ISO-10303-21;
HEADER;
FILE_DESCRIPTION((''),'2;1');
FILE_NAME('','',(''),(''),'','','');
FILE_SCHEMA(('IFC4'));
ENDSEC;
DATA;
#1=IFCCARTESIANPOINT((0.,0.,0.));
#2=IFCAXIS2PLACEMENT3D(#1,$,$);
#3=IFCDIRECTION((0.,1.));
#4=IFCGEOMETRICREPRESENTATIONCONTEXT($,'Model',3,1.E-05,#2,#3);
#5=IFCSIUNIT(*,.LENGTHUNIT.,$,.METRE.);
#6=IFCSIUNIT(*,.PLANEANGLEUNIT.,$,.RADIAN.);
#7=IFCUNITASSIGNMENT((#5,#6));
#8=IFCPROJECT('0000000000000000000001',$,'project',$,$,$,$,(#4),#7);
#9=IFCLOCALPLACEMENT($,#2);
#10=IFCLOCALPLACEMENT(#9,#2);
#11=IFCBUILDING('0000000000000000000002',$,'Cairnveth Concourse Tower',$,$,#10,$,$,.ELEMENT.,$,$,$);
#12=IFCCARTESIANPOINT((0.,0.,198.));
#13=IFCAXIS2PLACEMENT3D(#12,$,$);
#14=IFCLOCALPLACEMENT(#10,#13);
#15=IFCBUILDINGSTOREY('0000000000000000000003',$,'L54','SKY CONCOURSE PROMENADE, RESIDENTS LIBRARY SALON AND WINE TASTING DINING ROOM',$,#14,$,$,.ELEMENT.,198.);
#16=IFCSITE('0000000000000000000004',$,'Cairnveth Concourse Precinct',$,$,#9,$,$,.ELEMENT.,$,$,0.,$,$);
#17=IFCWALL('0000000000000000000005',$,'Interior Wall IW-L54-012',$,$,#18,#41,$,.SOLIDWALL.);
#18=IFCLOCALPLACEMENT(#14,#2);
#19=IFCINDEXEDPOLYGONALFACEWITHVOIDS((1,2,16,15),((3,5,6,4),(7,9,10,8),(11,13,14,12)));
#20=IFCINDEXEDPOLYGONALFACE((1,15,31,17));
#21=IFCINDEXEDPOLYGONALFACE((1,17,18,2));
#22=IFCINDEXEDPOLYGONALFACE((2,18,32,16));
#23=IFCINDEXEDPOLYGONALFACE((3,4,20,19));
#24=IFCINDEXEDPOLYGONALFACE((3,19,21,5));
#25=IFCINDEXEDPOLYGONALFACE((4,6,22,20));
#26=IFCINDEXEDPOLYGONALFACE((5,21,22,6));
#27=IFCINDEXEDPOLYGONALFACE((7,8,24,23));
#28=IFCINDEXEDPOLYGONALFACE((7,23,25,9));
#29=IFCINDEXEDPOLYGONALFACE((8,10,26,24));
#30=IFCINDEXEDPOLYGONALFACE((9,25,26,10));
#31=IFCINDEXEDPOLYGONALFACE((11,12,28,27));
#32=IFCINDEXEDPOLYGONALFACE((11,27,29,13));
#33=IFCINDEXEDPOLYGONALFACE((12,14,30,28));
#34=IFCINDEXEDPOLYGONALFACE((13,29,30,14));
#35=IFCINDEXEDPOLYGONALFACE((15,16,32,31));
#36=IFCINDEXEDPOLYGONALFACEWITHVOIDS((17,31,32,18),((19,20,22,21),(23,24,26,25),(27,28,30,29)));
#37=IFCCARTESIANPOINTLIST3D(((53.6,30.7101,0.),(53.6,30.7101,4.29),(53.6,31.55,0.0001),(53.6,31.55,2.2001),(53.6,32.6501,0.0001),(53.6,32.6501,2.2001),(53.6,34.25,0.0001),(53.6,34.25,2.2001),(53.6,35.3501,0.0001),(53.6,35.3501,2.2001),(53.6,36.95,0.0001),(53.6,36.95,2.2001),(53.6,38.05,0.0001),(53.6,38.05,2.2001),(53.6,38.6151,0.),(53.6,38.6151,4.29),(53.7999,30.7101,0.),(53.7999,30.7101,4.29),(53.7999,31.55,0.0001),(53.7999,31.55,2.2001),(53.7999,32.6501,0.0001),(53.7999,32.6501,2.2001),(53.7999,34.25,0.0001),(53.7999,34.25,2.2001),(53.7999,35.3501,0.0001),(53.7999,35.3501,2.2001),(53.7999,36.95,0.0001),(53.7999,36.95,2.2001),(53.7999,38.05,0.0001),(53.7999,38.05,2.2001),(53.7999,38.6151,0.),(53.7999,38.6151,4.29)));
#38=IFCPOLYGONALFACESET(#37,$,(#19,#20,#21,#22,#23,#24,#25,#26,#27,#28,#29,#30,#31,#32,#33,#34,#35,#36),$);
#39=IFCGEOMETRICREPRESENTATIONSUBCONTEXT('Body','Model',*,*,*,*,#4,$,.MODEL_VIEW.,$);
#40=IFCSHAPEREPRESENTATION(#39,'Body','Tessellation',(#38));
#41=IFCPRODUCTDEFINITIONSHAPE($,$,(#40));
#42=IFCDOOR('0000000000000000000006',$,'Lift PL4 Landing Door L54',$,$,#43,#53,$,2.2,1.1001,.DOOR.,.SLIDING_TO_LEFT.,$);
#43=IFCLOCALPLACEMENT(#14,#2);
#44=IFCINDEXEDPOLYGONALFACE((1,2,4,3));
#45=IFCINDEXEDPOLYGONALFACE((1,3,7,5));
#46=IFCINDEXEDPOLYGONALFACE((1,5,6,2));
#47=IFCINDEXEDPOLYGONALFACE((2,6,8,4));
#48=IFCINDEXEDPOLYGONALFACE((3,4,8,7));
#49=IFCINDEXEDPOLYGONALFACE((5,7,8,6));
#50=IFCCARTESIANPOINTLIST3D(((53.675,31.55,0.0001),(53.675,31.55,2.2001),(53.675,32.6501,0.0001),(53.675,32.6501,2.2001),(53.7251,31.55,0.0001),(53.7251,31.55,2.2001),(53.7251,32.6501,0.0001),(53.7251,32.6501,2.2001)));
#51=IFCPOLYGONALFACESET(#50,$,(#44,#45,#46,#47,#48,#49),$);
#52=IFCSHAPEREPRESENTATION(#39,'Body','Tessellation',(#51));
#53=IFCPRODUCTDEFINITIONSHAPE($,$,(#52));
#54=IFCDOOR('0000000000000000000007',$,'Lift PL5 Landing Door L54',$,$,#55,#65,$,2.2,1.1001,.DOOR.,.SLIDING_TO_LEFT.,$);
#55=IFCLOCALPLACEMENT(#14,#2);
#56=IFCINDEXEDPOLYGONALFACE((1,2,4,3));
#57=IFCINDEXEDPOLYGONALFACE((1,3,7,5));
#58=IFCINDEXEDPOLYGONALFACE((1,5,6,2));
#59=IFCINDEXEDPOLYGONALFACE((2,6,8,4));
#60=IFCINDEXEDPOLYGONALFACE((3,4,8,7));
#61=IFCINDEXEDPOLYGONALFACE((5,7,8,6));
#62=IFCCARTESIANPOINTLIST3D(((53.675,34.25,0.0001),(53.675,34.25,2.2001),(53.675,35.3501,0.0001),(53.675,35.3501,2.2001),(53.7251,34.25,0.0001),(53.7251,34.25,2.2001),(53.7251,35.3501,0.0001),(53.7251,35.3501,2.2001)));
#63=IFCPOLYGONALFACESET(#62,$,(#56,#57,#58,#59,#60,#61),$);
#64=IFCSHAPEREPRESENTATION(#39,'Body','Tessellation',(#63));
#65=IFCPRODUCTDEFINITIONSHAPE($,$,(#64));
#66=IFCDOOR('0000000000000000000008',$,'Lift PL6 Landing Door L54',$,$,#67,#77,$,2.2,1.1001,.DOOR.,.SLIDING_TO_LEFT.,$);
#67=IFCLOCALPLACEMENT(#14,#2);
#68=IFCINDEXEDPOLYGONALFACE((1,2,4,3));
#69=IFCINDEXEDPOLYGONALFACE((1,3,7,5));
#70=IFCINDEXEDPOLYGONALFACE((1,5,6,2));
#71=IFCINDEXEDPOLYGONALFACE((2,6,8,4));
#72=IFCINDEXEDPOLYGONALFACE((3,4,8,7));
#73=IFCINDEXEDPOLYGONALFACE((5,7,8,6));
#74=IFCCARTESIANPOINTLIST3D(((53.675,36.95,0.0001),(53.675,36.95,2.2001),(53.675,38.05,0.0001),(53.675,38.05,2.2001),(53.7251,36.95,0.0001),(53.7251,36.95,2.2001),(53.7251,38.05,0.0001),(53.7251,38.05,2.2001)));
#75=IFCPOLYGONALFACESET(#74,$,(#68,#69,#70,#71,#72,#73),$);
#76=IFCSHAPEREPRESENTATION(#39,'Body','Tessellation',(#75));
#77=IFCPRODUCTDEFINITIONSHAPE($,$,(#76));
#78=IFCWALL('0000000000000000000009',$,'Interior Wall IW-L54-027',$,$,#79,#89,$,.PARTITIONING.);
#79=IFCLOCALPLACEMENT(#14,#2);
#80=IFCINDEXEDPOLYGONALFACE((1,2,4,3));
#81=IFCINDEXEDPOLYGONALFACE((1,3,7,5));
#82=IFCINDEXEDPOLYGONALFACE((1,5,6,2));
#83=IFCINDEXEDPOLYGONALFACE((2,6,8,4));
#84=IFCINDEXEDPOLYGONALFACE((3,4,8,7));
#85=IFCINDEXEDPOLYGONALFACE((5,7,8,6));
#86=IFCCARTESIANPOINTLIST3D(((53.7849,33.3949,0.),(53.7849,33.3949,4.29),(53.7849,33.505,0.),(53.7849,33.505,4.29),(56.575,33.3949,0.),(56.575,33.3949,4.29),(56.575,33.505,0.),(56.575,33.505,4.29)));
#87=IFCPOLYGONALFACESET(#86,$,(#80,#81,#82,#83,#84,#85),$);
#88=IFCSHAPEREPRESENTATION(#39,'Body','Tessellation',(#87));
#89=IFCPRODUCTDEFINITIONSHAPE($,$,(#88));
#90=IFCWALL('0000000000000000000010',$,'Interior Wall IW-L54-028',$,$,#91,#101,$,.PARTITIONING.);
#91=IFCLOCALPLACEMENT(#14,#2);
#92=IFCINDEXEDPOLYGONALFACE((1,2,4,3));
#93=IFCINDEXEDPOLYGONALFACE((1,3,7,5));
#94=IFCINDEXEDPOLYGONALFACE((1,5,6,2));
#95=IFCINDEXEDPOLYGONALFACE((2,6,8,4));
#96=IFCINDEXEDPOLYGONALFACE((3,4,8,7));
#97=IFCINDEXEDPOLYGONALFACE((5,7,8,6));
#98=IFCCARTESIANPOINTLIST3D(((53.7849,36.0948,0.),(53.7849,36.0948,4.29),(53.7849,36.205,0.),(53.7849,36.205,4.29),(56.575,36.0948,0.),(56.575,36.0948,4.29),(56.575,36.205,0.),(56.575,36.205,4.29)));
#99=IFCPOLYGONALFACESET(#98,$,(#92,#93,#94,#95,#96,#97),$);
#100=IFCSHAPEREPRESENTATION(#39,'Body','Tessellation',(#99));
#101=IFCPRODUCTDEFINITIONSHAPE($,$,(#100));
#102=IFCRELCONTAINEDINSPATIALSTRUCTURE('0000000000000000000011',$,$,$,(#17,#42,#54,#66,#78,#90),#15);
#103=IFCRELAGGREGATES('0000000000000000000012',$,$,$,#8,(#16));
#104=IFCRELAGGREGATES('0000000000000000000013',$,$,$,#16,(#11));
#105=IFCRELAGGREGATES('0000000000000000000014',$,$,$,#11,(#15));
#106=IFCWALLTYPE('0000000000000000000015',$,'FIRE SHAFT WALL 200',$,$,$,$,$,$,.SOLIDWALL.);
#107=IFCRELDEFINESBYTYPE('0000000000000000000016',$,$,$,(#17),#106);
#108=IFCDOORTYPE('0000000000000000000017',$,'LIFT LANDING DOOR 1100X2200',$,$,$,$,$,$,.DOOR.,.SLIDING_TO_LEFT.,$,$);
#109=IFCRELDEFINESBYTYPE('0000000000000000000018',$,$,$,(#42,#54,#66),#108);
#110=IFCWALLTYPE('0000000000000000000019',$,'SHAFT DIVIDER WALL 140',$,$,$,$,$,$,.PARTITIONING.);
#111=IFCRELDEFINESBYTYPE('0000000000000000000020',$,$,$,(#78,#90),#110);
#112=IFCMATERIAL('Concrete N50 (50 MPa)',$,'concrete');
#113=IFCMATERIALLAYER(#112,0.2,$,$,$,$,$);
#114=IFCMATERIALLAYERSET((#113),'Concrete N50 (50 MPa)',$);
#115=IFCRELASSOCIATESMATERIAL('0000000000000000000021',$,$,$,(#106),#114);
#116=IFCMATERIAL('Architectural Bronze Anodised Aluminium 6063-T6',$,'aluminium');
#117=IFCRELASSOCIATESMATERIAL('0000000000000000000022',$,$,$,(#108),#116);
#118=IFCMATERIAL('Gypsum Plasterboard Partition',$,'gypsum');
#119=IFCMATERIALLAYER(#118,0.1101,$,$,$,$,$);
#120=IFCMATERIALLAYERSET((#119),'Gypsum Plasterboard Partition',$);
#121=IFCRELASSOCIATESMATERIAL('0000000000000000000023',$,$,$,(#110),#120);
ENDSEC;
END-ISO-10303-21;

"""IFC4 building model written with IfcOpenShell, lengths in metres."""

from ifc_helpers import new_model, si_unit, direction, frame, frame_2d, origin, place, context, subcontext, project, spatial, rectangle, extrude, material, layer, layer_set, type_object, element, fill, save


model = new_model("IFC4")

# Units and contexts
model_context = context("Model", 3, precision=1e-05, world=origin(), true_north=direction((0.0, 1.0)))
body_context = subcontext(model_context, "Body", "Model", "MODEL_VIEW")
ifc_project = project(units=[si_unit("LENGTHUNIT", "METRE"), si_unit("PLANEANGLEUNIT", "RADIAN")], contexts=[model_context])

# Site, building, storey
site_placement = place(None, origin())
site = spatial("IfcSite", under=ifc_project, at=site_placement, Name="Cairnveth Concourse Precinct", CompositionType="ELEMENT", RefElevation=0.0)
building_placement = place(site_placement, origin())
building = spatial("IfcBuilding", under=site, at=building_placement, Name="Cairnveth Concourse Tower", CompositionType="ELEMENT")
storey_placement = place(building_placement, frame((0.0, 0.0, 198.0)))
storey = spatial("IfcBuildingStorey", under=building, at=storey_placement, Name="L54", Description="SKY CONCOURSE PROMENADE, RESIDENTS LIBRARY SALON AND WINE TASTING DINING ROOM", CompositionType="ELEMENT", Elevation=198.0)

# Shared definitions
ifc_material_1 = material(Name="Architectural Bronze Anodised Aluminium 6063-T6", Category="aluminium")

# Shared definitions
ifc_material_2 = material(Name="Concrete N50 (50 MPa)", Category="concrete")
ifc_layer_1 = layer(ifc_material_2, 0.2)
ifc_layer_set_1 = layer_set([ifc_layer_1], Name="Concrete N50 (50 MPa)")
wall_type_1 = type_object("IfcWallType", Name="FIRE SHAFT WALL 200", PredefinedType="SOLIDWALL", material=ifc_layer_set_1)

# Wall, openings, doors
wall_1_placement = place(storey_placement, frame((53.7, 30.71, 0.0), z_axis=(0.0, 0.0, 1.0), x_axis=(0.0, 1.0, 0.0)))
wall_1 = element("IfcWall", 1, at=wall_1_placement, inside=storey, type_object=wall_type_1, Name="Interior Wall IW-L54-012", PredefinedType="SOLIDWALL", context=body_context, shape_type="SweptSolid", body=[
    extrude(rectangle(XDim=7.905, YDim=0.2, at=frame_2d((3.9526, 0.0))), origin(), (0.0, 0.0, 1.0), 4.29),
])
opening_1_placement = place(wall_1_placement, frame((0.8401, 0.0, 0.0)))
opening_1 = element("IfcOpeningElement", 2, at=opening_1_placement, cuts=wall_1, PredefinedType="OPENING", context=body_context, shape_type="SweptSolid", body=[
    extrude(rectangle(XDim=1.1001, YDim=2.2, at=frame_2d((0.55, 1.1001))), frame((0.0, 0.1099, 0.0), z_axis=(0.0, -1.0, 0.0), x_axis=(1.0, 0.0, 0.0)), (0.0, 0.0, 1.0), 0.22),
])
opening_2_placement = place(wall_1_placement, frame((3.54, 0.0, 0.0)))
opening_2 = element("IfcOpeningElement", 3, at=opening_2_placement, cuts=wall_1, PredefinedType="OPENING", context=body_context, shape_type="SweptSolid", body=[
    extrude(rectangle(XDim=1.1001, YDim=2.2, at=frame_2d((0.55, 1.1001))), frame((0.0, 0.1099, 0.0), z_axis=(0.0, -1.0, 0.0), x_axis=(1.0, 0.0, 0.0)), (0.0, 0.0, 1.0), 0.22),
])
opening_3_placement = place(wall_1_placement, frame((6.24, 0.0, 0.0)))
opening_3 = element("IfcOpeningElement", 4, at=opening_3_placement, cuts=wall_1, PredefinedType="OPENING", context=body_context, shape_type="SweptSolid", body=[
    extrude(rectangle(XDim=1.1001, YDim=2.2, at=frame_2d((0.55, 1.1001))), frame((0.0, 0.1099, 0.0), z_axis=(0.0, -1.0, 0.0), x_axis=(1.0, 0.0, 0.0)), (0.0, 0.0, 1.0), 0.22),
])
door_type_1 = type_object("IfcDoorType", Name="LIFT LANDING DOOR 1100X2200", OperationType="SLIDING_TO_LEFT", PredefinedType="DOOR", material=ifc_material_1)
door_1_placement = place(opening_1_placement, origin())
door_1 = element("IfcDoor", 5, at=door_1_placement, inside=storey, type_object=door_type_1, Name="Lift PL4 Landing Door L54", OperationType="SLIDING_TO_LEFT", OverallHeight=2.2, OverallWidth=1.1001, PredefinedType="DOOR", context=body_context, shape_type="SweptSolid", body=[
    extrude(rectangle(XDim=1.1001, YDim=2.2, at=frame_2d((0.55, 1.1001))), frame((0.0, 0.0249, 0.0), z_axis=(0.0, -1.0, 0.0), x_axis=(1.0, 0.0, 0.0)), (0.0, 0.0, 1.0), 0.05),
])
fill(opening_1, door_1)
door_2_placement = place(opening_2_placement, origin())
door_2 = element("IfcDoor", 6, at=door_2_placement, inside=storey, type_object=door_type_1, Name="Lift PL5 Landing Door L54", OperationType="SLIDING_TO_LEFT", OverallHeight=2.2, OverallWidth=1.1001, PredefinedType="DOOR", context=body_context, shape_type="SweptSolid", body=[
    extrude(rectangle(XDim=1.1001, YDim=2.2, at=frame_2d((0.55, 1.1001))), frame((0.0, 0.0249, 0.0), z_axis=(0.0, -1.0, 0.0), x_axis=(1.0, 0.0, 0.0)), (0.0, 0.0, 1.0), 0.05),
])
fill(opening_2, door_2)
door_3_placement = place(opening_3_placement, origin())
door_3 = element("IfcDoor", 7, at=door_3_placement, inside=storey, type_object=door_type_1, Name="Lift PL6 Landing Door L54", OperationType="SLIDING_TO_LEFT", OverallHeight=2.2, OverallWidth=1.1001, PredefinedType="DOOR", context=body_context, shape_type="SweptSolid", body=[
    extrude(rectangle(XDim=1.1001, YDim=2.2, at=frame_2d((0.55, 1.1001))), frame((0.0, 0.0249, 0.0), z_axis=(0.0, -1.0, 0.0), x_axis=(1.0, 0.0, 0.0)), (0.0, 0.0, 1.0), 0.05),
])
fill(opening_3, door_3)

# Walls
ifc_material_3 = material(Name="Gypsum Plasterboard Partition", Category="gypsum")
ifc_layer_2 = layer(ifc_material_3, 0.1101)
ifc_layer_set_2 = layer_set([ifc_layer_2], Name="Gypsum Plasterboard Partition")
wall_type_2 = type_object("IfcWallType", Name="SHAFT DIVIDER WALL 140", PredefinedType="PARTITIONING", material=ifc_layer_set_2)
for number, where, z_axis, x_axis, name in (
    (8, (53.7849, 33.45, 0.0), (0.0, 0.0, 1.0), (1.0, 0.0, 0.0), "Interior Wall IW-L54-027"),
    (9, (53.7849, 36.1499, 0.0), (0.0, 0.0, 1.0), (1.0, 0.0, 0.0), "Interior Wall IW-L54-028"),
):
    element("IfcWall", number, at=place(storey_placement, frame(where, z_axis=z_axis, x_axis=x_axis)), inside=storey, type_object=wall_type_2, Name=name, PredefinedType="PARTITIONING", context=body_context, shape_type="SweptSolid", body=[
        extrude(rectangle(XDim=2.79, YDim=0.1101, at=frame_2d((1.395, 0.0))), origin(), (0.0, 0.0, 1.0), 4.29),
    ])

save(model, "model.ifc")
